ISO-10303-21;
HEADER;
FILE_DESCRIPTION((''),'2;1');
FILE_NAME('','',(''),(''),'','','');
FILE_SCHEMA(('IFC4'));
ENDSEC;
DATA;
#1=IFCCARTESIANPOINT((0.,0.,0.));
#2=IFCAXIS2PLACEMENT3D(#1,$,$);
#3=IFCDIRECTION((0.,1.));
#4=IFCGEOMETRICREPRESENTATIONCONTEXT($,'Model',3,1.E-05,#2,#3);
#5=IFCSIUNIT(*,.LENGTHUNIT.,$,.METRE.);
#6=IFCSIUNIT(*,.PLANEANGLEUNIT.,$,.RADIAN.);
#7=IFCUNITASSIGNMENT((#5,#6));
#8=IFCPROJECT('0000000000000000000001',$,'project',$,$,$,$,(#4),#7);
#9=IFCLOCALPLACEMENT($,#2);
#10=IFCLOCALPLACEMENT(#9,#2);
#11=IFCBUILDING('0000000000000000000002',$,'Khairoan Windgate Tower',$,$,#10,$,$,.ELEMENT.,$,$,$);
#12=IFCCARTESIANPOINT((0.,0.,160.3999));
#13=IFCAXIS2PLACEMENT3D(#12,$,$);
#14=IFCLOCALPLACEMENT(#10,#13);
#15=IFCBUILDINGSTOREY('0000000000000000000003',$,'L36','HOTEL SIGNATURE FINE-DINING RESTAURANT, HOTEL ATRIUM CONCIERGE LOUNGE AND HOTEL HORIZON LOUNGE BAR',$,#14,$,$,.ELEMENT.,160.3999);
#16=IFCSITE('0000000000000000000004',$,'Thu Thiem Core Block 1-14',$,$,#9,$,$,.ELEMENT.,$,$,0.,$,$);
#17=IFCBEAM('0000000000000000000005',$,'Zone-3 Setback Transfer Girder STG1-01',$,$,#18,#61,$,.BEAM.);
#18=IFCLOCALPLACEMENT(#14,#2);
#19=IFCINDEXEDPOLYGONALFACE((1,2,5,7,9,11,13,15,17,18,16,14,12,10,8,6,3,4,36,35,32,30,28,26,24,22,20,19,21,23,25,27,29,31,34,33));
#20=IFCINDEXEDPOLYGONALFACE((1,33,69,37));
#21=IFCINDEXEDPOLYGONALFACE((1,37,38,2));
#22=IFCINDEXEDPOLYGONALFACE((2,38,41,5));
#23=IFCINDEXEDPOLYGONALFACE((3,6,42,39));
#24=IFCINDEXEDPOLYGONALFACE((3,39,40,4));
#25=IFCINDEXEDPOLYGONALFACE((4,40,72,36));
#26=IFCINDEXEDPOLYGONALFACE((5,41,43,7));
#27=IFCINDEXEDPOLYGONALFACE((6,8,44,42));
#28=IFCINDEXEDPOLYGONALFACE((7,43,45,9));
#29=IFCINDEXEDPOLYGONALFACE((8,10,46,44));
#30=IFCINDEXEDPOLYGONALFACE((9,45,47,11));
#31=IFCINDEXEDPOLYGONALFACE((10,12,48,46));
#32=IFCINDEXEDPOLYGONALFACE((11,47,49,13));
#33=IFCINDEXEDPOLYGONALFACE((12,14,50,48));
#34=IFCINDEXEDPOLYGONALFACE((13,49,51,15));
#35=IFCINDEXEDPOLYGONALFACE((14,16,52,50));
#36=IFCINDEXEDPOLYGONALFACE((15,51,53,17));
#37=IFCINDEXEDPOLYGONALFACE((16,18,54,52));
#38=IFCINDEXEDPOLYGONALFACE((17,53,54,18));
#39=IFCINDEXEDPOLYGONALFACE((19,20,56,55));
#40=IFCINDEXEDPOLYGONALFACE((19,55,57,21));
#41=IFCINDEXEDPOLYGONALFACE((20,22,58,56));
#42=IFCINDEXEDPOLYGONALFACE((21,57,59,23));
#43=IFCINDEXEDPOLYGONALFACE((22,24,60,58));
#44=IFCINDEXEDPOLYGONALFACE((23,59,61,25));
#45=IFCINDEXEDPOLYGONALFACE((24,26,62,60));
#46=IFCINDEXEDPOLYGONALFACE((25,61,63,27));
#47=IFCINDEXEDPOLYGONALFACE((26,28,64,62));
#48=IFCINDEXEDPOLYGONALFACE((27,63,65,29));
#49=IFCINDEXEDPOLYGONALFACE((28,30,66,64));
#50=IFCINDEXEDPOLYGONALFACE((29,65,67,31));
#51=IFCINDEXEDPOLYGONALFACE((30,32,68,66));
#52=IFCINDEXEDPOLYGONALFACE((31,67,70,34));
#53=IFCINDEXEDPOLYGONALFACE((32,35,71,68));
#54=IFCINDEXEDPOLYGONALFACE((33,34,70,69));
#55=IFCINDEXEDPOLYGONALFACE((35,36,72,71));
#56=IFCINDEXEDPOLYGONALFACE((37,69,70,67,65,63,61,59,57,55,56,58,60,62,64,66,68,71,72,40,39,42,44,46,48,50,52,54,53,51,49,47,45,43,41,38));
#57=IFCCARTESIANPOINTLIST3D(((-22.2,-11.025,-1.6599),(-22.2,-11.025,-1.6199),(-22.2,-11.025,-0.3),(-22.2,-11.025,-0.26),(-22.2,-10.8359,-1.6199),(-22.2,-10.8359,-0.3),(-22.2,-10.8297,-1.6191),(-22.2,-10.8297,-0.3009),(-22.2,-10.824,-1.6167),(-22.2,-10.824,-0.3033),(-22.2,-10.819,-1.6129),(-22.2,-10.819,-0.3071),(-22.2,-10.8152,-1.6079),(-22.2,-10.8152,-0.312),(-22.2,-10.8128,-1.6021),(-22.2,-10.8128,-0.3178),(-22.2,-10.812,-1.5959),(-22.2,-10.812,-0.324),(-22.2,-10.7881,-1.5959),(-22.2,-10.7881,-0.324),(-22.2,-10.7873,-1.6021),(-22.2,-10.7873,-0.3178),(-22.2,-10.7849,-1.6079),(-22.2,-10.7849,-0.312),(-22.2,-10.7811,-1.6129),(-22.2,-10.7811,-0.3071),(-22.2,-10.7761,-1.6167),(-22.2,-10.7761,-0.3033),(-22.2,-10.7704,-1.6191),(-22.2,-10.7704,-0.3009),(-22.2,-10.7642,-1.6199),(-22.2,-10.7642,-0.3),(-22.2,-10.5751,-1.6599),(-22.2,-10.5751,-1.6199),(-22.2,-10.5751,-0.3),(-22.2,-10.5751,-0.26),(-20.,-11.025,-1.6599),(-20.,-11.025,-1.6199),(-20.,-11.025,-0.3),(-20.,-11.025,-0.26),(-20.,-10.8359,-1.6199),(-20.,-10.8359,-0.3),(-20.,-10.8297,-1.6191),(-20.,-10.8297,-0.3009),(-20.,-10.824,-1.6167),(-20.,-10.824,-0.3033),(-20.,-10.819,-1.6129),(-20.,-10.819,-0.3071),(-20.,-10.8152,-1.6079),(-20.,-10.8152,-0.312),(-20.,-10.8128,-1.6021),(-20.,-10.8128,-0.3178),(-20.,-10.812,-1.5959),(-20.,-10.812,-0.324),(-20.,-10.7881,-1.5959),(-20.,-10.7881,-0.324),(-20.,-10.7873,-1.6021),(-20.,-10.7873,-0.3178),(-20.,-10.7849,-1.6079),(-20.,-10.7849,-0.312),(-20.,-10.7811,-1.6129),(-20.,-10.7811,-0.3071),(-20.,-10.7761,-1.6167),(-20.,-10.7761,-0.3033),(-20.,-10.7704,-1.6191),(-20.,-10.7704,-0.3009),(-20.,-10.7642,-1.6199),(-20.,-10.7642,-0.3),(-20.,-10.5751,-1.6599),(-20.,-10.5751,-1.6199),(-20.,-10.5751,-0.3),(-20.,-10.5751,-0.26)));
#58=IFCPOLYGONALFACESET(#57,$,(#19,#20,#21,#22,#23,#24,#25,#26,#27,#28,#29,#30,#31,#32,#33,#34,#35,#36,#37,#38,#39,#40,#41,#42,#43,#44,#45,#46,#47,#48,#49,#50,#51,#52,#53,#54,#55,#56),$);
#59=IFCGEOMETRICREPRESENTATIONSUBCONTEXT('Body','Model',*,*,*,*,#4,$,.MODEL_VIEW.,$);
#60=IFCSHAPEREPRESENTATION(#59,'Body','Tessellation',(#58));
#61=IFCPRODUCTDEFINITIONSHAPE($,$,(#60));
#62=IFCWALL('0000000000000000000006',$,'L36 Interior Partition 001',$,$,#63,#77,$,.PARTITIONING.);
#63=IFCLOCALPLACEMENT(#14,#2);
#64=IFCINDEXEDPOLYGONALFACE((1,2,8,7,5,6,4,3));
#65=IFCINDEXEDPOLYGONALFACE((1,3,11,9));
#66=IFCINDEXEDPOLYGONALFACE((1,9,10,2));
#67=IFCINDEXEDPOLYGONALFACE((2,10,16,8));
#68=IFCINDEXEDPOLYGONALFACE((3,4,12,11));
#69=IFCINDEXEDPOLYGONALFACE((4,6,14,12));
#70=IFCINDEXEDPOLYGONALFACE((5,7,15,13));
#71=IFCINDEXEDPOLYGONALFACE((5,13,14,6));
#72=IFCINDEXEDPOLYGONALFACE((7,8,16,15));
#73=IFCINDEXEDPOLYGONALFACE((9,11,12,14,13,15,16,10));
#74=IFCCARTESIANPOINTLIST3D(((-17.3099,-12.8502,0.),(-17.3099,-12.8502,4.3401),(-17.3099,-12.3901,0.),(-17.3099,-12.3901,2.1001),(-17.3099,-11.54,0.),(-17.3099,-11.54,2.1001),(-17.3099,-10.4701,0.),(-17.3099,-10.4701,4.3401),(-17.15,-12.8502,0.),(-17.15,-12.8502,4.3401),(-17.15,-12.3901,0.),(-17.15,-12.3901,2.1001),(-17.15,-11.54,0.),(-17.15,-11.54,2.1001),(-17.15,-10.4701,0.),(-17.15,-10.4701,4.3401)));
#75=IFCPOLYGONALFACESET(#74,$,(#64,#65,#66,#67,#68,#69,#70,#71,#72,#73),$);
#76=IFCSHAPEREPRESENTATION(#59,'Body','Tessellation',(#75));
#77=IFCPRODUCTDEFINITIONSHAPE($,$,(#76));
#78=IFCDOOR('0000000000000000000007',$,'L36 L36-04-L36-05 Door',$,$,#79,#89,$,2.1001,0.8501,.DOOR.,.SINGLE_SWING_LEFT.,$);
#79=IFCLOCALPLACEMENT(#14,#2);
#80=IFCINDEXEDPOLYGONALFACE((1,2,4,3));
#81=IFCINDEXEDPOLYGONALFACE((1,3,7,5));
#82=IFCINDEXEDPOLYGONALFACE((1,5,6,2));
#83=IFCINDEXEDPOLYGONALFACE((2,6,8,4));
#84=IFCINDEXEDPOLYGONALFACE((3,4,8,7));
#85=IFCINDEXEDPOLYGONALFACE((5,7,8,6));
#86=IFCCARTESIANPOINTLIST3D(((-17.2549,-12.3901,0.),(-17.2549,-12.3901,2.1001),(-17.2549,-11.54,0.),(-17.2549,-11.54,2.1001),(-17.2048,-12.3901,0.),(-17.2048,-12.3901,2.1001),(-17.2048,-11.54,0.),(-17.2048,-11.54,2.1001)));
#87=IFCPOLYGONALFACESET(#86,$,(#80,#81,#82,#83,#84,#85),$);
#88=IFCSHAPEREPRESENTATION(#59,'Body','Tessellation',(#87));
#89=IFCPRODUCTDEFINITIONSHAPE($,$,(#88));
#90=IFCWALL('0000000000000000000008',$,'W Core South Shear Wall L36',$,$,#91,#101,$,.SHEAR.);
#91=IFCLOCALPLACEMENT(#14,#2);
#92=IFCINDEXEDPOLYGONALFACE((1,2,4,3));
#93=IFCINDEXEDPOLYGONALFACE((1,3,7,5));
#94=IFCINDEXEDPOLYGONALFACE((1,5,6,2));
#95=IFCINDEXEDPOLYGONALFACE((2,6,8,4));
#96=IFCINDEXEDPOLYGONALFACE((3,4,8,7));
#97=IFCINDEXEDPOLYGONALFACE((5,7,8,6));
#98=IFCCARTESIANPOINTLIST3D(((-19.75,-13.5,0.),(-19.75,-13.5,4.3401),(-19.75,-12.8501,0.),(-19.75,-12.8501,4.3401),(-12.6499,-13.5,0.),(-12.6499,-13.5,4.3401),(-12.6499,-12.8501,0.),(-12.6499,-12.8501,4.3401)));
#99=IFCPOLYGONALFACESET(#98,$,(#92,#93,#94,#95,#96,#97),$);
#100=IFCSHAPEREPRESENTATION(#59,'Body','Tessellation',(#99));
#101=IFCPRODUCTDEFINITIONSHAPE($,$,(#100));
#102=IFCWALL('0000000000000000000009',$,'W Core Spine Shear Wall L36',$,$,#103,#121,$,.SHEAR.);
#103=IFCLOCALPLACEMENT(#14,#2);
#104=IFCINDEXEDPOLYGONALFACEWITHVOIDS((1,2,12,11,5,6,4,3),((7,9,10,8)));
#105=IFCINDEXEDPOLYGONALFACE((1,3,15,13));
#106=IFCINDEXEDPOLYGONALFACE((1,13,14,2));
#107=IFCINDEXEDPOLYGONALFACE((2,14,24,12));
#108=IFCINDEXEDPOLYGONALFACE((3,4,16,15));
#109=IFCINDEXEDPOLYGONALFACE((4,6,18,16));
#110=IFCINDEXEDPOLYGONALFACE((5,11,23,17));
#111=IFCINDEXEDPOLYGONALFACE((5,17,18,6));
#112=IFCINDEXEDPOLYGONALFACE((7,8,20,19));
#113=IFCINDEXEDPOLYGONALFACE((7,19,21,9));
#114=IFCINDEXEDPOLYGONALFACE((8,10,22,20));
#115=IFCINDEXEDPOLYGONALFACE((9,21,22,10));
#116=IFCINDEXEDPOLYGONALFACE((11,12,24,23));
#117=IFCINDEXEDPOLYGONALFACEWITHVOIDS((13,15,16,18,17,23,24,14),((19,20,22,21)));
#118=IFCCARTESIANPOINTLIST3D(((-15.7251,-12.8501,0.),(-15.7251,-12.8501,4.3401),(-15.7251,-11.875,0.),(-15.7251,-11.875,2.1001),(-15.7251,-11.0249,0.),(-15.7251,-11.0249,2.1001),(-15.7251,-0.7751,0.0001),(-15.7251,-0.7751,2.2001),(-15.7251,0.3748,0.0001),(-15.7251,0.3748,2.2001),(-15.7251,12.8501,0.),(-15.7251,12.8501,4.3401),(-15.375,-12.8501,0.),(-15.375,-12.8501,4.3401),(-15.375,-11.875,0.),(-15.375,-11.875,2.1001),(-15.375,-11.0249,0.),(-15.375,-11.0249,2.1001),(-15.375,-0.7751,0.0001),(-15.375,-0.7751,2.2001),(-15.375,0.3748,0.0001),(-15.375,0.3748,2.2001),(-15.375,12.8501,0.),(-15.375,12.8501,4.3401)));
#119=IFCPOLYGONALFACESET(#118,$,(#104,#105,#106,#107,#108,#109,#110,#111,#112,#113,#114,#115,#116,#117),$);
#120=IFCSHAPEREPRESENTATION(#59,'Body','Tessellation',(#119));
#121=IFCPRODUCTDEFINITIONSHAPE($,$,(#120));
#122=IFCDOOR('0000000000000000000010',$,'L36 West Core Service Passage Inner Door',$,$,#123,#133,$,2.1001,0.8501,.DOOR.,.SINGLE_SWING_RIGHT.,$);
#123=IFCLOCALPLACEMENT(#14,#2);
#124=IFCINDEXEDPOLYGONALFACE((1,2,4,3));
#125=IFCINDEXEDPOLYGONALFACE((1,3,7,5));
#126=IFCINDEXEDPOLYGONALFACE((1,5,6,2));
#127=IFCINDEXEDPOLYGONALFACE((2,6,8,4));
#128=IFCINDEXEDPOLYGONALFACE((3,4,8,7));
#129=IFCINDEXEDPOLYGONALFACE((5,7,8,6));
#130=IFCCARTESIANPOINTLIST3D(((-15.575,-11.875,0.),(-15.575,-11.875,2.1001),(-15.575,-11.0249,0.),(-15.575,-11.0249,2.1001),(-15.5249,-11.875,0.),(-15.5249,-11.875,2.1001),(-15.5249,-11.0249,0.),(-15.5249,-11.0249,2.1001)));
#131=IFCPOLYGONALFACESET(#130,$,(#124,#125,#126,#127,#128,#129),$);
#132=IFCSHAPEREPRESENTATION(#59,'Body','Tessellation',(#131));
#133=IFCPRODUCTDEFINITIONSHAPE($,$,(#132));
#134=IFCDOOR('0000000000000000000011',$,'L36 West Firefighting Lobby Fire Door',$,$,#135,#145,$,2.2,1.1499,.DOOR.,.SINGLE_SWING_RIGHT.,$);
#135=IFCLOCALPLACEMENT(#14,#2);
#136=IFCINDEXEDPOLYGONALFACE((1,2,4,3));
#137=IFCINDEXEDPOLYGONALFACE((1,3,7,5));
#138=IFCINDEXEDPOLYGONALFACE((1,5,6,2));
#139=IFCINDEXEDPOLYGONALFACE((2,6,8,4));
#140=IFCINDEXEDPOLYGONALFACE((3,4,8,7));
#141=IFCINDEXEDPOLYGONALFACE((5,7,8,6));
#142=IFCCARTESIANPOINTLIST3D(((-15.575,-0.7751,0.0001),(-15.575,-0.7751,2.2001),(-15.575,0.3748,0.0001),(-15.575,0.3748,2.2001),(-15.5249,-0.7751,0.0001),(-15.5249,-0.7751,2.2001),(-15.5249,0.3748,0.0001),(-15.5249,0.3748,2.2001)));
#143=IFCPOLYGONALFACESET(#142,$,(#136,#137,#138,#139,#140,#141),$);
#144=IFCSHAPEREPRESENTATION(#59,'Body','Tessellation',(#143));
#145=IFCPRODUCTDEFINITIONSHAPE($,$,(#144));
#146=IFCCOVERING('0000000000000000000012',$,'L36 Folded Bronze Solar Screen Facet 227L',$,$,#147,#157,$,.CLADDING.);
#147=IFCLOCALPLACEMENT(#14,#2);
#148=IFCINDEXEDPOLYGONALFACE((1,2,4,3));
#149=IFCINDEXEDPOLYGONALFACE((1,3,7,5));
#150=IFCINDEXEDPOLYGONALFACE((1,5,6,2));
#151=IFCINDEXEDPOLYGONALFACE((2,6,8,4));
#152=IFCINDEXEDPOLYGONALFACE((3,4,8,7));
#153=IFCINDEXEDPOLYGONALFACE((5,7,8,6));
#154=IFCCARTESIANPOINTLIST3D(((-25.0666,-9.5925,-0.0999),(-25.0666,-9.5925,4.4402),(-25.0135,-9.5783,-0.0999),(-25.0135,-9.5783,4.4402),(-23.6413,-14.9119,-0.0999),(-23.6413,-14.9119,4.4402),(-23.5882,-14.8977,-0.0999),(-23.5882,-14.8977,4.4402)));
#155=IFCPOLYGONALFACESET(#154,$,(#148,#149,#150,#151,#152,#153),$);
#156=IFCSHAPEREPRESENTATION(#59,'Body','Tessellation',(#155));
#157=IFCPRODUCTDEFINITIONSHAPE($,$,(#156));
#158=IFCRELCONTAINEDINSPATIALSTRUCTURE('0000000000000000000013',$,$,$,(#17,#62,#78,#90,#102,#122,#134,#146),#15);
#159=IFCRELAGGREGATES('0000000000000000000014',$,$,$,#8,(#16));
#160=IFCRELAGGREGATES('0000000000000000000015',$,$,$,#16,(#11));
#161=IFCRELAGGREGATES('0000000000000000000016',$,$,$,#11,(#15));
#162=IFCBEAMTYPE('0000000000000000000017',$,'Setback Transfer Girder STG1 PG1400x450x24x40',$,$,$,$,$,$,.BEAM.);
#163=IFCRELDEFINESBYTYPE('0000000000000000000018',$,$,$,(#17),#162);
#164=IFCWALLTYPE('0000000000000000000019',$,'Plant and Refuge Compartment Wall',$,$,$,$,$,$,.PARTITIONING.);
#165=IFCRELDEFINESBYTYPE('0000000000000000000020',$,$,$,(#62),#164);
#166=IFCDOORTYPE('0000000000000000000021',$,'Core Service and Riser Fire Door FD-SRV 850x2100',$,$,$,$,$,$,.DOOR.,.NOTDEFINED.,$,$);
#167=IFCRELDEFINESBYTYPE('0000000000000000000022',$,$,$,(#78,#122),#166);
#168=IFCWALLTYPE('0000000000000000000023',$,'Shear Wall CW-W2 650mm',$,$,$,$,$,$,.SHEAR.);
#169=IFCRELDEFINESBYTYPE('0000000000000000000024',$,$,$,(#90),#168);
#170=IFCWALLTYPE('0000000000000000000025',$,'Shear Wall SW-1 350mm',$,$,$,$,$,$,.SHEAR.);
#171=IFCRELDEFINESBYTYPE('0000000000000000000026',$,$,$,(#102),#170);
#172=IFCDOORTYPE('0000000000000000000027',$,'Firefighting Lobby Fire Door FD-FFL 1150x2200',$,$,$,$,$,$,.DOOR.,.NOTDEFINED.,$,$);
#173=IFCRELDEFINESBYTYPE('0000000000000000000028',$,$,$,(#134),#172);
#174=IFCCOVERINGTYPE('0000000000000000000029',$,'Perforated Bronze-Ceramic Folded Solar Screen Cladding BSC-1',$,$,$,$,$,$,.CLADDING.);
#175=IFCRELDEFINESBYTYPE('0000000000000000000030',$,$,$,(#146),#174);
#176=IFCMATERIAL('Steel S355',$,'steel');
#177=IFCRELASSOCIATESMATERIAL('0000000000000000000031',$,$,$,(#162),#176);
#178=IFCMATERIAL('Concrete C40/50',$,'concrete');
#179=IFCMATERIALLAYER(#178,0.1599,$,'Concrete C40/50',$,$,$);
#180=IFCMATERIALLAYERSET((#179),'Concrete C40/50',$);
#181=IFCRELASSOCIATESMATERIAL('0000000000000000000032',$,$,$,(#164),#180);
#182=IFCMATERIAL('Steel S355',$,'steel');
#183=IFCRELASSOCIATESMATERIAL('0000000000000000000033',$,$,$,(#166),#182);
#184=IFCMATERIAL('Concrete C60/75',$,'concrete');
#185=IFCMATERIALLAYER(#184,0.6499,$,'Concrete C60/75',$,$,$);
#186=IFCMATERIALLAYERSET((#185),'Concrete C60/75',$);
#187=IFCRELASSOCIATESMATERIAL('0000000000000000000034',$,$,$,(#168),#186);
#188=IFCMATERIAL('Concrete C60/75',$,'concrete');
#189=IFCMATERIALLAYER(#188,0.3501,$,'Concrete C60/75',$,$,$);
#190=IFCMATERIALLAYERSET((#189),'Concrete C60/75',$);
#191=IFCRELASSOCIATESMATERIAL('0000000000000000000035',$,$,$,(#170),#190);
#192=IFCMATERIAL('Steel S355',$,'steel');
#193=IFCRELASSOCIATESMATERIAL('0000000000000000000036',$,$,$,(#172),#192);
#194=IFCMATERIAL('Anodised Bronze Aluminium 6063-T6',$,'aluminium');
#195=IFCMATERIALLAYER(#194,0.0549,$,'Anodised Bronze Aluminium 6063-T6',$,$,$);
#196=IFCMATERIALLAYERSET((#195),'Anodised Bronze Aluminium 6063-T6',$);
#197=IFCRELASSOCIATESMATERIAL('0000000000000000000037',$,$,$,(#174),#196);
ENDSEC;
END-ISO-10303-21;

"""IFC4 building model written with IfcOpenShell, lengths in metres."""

from ifc_helpers import new_model, si_unit, direction, frame, frame_2d, origin, origin_2d, place, context, subcontext, project, spatial, rectangle, i_section, extrude, material, layer, layer_set, material_profile, profile_set, type_object, element, fill, save


model = new_model("IFC4")

# Units and contexts
model_context = context("Model", 3, precision=1e-05, world=origin(), true_north=direction((0.0, 1.0)))
body_context = subcontext(model_context, "Body", "Model", "MODEL_VIEW")
ifc_project = project(units=[si_unit("LENGTHUNIT", "METRE"), si_unit("PLANEANGLEUNIT", "RADIAN")], contexts=[model_context])

# Site, building, storey
site_placement = place(None, origin())
site = spatial("IfcSite", under=ifc_project, at=site_placement, Name="Thu Thiem Core Block 1-14", CompositionType="ELEMENT", RefElevation=0.0)
building_placement = place(site_placement, origin())
building = spatial("IfcBuilding", under=site, at=building_placement, Name="Khairoan Windgate Tower", CompositionType="ELEMENT")
storey_placement = place(building_placement, frame((0.0, 0.0, 160.3999)))
storey = spatial("IfcBuildingStorey", under=building, at=storey_placement, Name="L36", Description="HOTEL SIGNATURE FINE-DINING RESTAURANT, HOTEL ATRIUM CONCIERGE LOUNGE AND HOTEL HORIZON LOUNGE BAR", CompositionType="ELEMENT", Elevation=160.3999)

# Beam
ifc_material_1 = material(Name="Steel S355", Category="steel")
ifc_material_profile_1 = material_profile(ifc_material_1, i_section(OverallWidth=0.45, OverallDepth=1.3999, WebThickness=0.0239, FlangeThickness=0.04, FilletRadius=0.0239, at=origin_2d()))
ifc_profile_set_1 = profile_set([ifc_material_profile_1], Name="Steel S355")
beam_type_1 = type_object("IfcBeamType", Name="Setback Transfer Girder STG1 PG1400x450x24x40", PredefinedType="BEAM", material=ifc_profile_set_1)
beam_1_placement = place(storey_placement, frame((-22.2, -10.8, -0.96), z_axis=(1.0, 0.0, 0.0), x_axis=(0.0, 1.0, 0.0)))
element("IfcBeam", 1, at=beam_1_placement, inside=storey, type_object=beam_type_1, Name="Zone-3 Setback Transfer Girder STG1-01", PredefinedType="BEAM", context=body_context, shape_type="SweptSolid", body=[
    extrude(i_section(OverallWidth=0.45, OverallDepth=1.3999, WebThickness=0.0239, FlangeThickness=0.04, FilletRadius=0.0239, at=origin_2d()), origin(), (0.0, 0.0, 1.0), 2.2),
])

# Wall, opening, door
ifc_material_2 = material(Name="Concrete C40/50", Category="concrete")
ifc_layer_1 = layer(ifc_material_2, 0.1599, Name="Concrete C40/50")
ifc_layer_set_1 = layer_set([ifc_layer_1], Name="Concrete C40/50")
wall_type_1 = type_object("IfcWallType", Name="Plant and Refuge Compartment Wall", PredefinedType="PARTITIONING", material=ifc_layer_set_1)
wall_1_placement = place(storey_placement, frame((-17.23, -12.8501, 0.0), z_axis=(0.0, 0.0, 1.0), x_axis=(0.0, 1.0, 0.0)))
wall_1 = element("IfcWall", 2, at=wall_1_placement, inside=storey, type_object=wall_type_1, Name="L36 Interior Partition 001", PredefinedType="PARTITIONING", context=body_context, shape_type="SweptSolid", body=[
    extrude(rectangle(XDim=2.3801, YDim=0.1599, at=frame_2d((1.1899, 0.0))), origin(), (0.0, 0.0, 1.0), 4.3401),
])
opening_1_placement = place(wall_1_placement, frame((0.46, 0.0, 0.0)))
opening_1 = element("IfcOpeningElement", 3, at=opening_1_placement, cuts=wall_1, PredefinedType="OPENING", context=body_context, shape_type="SweptSolid", body=[
    extrude(rectangle(XDim=0.8501, YDim=2.1001, at=frame_2d((0.425, 1.05))), frame((0.0, 0.0898, 0.0), z_axis=(0.0, -1.0, 0.0), x_axis=(1.0, 0.0, 0.0)), (0.0, 0.0, 1.0), 0.1799),
])
ifc_material_3 = material(Name="Steel S355", Category="steel")
door_type_1 = type_object("IfcDoorType", Name="Core Service and Riser Fire Door FD-SRV 850x2100", OperationType="NOTDEFINED", PredefinedType="DOOR", material=ifc_material_3)
door_1_placement = place(opening_1_placement, origin())
door_1 = element("IfcDoor", 4, at=door_1_placement, inside=storey, type_object=door_type_1, Name="L36 L36-04-L36-05 Door", OperationType="SINGLE_SWING_LEFT", OverallHeight=2.1001, OverallWidth=0.8501, PredefinedType="DOOR", context=body_context, shape_type="SweptSolid", body=[
    extrude(rectangle(XDim=0.8501, YDim=2.1001, at=frame_2d((0.425, 1.05))), frame((0.0, 0.0249, 0.0), z_axis=(0.0, -1.0, 0.0), x_axis=(1.0, 0.0, 0.0)), (0.0, 0.0, 1.0), 0.05),
])
fill(opening_1, door_1)

# Wall
ifc_material_4 = material(Name="Concrete C60/75", Category="concrete")
ifc_layer_2 = layer(ifc_material_4, 0.6499, Name="Concrete C60/75")
ifc_layer_set_2 = layer_set([ifc_layer_2], Name="Concrete C60/75")
wall_type_2 = type_object("IfcWallType", Name="Shear Wall CW-W2 650mm", PredefinedType="SHEAR", material=ifc_layer_set_2)
wall_2_placement = place(storey_placement, frame((-19.75, -13.175, 0.0), z_axis=(0.0, 0.0, 1.0), x_axis=(1.0, 0.0, 0.0)))
element("IfcWall", 5, at=wall_2_placement, inside=storey, type_object=wall_type_2, Name="W Core South Shear Wall L36", PredefinedType="SHEAR", context=body_context, shape_type="SweptSolid", body=[
    extrude(rectangle(XDim=7.1001, YDim=0.6499, at=frame_2d((3.55, 0.0))), origin(), (0.0, 0.0, 1.0), 4.3401),
])

# Wall, openings, doors
ifc_material_5 = material(Name="Concrete C60/75", Category="concrete")
ifc_layer_3 = layer(ifc_material_5, 0.3501, Name="Concrete C60/75")
ifc_layer_set_3 = layer_set([ifc_layer_3], Name="Concrete C60/75")
wall_type_3 = type_object("IfcWallType", Name="Shear Wall SW-1 350mm", PredefinedType="SHEAR", material=ifc_layer_set_3)
wall_3_placement = place(storey_placement, frame((-15.55, -12.8501, 0.0), z_axis=(0.0, 0.0, 1.0), x_axis=(0.0, 1.0, 0.0)))
wall_3 = element("IfcWall", 6, at=wall_3_placement, inside=storey, type_object=wall_type_3, Name="W Core Spine Shear Wall L36", PredefinedType="SHEAR", context=body_context, shape_type="SweptSolid", body=[
    extrude(rectangle(XDim=25.7002, YDim=0.3501, at=frame_2d((12.8501, 0.0))), origin(), (0.0, 0.0, 1.0), 4.3401),
])
opening_2_placement = place(wall_3_placement, frame((12.075, 0.0, 0.0)))
opening_2 = element("IfcOpeningElement", 7, at=opening_2_placement, cuts=wall_3, PredefinedType="OPENING", context=body_context, shape_type="SweptSolid", body=[
    extrude(rectangle(XDim=1.1499, YDim=2.2, at=frame_2d((0.575, 1.1001))), frame((0.0, 0.1851, 0.0), z_axis=(0.0, -1.0, 0.0), x_axis=(1.0, 0.0, 0.0)), (0.0, 0.0, 1.0), 0.3701),
])
opening_3_placement = place(wall_3_placement, frame((0.9751, 0.0, 0.0)))
opening_3 = element("IfcOpeningElement", 8, at=opening_3_placement, cuts=wall_3, PredefinedType="OPENING", context=body_context, shape_type="SweptSolid", body=[
    extrude(rectangle(XDim=0.8501, YDim=2.1001, at=frame_2d((0.425, 1.05))), frame((0.0, 0.1851, 0.0), z_axis=(0.0, -1.0, 0.0), x_axis=(1.0, 0.0, 0.0)), (0.0, 0.0, 1.0), 0.3701),
])
door_2_placement = place(opening_3_placement, origin())
door_2 = element("IfcDoor", 9, at=door_2_placement, inside=storey, type_object=door_type_1, Name="L36 West Core Service Passage Inner Door", OperationType="SINGLE_SWING_RIGHT", OverallHeight=2.1001, OverallWidth=0.8501, PredefinedType="DOOR", context=body_context, shape_type="SweptSolid", body=[
    extrude(rectangle(XDim=0.8501, YDim=2.1001, at=frame_2d((0.425, 1.05))), frame((0.0, 0.0249, 0.0), z_axis=(0.0, -1.0, 0.0), x_axis=(1.0, 0.0, 0.0)), (0.0, 0.0, 1.0), 0.05),
])
fill(opening_3, door_2)
ifc_material_6 = material(Name="Steel S355", Category="steel")
door_type_2 = type_object("IfcDoorType", Name="Firefighting Lobby Fire Door FD-FFL 1150x2200", OperationType="NOTDEFINED", PredefinedType="DOOR", material=ifc_material_6)
door_3_placement = place(opening_2_placement, origin())
door_3 = element("IfcDoor", 10, at=door_3_placement, inside=storey, type_object=door_type_2, Name="L36 West Firefighting Lobby Fire Door", OperationType="SINGLE_SWING_RIGHT", OverallHeight=2.2, OverallWidth=1.1499, PredefinedType="DOOR", context=body_context, shape_type="SweptSolid", body=[
    extrude(rectangle(XDim=1.1499, YDim=2.2, at=frame_2d((0.575, 1.1001))), frame((0.0, 0.0249, 0.0), z_axis=(0.0, -1.0, 0.0), x_axis=(1.0, 0.0, 0.0)), (0.0, 0.0, 1.0), 0.05),
])
fill(opening_2, door_3)

# Covering
ifc_material_7 = material(Name="Anodised Bronze Aluminium 6063-T6", Category="aluminium")
ifc_layer_4 = layer(ifc_material_7, 0.0549, Name="Anodised Bronze Aluminium 6063-T6")
ifc_layer_set_4 = layer_set([ifc_layer_4], Name="Anodised Bronze Aluminium 6063-T6")
covering_type = type_object("IfcCoveringType", Name="Perforated Bronze-Ceramic Folded Solar Screen Cladding BSC-1", PredefinedType="CLADDING", material=ifc_layer_set_4)
covering_placement = place(storey_placement, frame((-24.3274, -12.2451, -0.0999), z_axis=(0.0, 0.0, 1.0), x_axis=(-0.258819, 0.965926, 0.0)))
element("IfcCovering", 11, at=covering_placement, inside=storey, type_object=covering_type, Name="L36 Folded Bronze Solar Screen Facet 227L", PredefinedType="CLADDING", context=body_context, shape_type="SweptSolid", body=[
    extrude(rectangle(XDim=5.5071, YDim=0.0549, at=origin_2d()), origin(), (0.0, 0.0, 1.0), 4.54),
])

save(model, "model.ifc")
